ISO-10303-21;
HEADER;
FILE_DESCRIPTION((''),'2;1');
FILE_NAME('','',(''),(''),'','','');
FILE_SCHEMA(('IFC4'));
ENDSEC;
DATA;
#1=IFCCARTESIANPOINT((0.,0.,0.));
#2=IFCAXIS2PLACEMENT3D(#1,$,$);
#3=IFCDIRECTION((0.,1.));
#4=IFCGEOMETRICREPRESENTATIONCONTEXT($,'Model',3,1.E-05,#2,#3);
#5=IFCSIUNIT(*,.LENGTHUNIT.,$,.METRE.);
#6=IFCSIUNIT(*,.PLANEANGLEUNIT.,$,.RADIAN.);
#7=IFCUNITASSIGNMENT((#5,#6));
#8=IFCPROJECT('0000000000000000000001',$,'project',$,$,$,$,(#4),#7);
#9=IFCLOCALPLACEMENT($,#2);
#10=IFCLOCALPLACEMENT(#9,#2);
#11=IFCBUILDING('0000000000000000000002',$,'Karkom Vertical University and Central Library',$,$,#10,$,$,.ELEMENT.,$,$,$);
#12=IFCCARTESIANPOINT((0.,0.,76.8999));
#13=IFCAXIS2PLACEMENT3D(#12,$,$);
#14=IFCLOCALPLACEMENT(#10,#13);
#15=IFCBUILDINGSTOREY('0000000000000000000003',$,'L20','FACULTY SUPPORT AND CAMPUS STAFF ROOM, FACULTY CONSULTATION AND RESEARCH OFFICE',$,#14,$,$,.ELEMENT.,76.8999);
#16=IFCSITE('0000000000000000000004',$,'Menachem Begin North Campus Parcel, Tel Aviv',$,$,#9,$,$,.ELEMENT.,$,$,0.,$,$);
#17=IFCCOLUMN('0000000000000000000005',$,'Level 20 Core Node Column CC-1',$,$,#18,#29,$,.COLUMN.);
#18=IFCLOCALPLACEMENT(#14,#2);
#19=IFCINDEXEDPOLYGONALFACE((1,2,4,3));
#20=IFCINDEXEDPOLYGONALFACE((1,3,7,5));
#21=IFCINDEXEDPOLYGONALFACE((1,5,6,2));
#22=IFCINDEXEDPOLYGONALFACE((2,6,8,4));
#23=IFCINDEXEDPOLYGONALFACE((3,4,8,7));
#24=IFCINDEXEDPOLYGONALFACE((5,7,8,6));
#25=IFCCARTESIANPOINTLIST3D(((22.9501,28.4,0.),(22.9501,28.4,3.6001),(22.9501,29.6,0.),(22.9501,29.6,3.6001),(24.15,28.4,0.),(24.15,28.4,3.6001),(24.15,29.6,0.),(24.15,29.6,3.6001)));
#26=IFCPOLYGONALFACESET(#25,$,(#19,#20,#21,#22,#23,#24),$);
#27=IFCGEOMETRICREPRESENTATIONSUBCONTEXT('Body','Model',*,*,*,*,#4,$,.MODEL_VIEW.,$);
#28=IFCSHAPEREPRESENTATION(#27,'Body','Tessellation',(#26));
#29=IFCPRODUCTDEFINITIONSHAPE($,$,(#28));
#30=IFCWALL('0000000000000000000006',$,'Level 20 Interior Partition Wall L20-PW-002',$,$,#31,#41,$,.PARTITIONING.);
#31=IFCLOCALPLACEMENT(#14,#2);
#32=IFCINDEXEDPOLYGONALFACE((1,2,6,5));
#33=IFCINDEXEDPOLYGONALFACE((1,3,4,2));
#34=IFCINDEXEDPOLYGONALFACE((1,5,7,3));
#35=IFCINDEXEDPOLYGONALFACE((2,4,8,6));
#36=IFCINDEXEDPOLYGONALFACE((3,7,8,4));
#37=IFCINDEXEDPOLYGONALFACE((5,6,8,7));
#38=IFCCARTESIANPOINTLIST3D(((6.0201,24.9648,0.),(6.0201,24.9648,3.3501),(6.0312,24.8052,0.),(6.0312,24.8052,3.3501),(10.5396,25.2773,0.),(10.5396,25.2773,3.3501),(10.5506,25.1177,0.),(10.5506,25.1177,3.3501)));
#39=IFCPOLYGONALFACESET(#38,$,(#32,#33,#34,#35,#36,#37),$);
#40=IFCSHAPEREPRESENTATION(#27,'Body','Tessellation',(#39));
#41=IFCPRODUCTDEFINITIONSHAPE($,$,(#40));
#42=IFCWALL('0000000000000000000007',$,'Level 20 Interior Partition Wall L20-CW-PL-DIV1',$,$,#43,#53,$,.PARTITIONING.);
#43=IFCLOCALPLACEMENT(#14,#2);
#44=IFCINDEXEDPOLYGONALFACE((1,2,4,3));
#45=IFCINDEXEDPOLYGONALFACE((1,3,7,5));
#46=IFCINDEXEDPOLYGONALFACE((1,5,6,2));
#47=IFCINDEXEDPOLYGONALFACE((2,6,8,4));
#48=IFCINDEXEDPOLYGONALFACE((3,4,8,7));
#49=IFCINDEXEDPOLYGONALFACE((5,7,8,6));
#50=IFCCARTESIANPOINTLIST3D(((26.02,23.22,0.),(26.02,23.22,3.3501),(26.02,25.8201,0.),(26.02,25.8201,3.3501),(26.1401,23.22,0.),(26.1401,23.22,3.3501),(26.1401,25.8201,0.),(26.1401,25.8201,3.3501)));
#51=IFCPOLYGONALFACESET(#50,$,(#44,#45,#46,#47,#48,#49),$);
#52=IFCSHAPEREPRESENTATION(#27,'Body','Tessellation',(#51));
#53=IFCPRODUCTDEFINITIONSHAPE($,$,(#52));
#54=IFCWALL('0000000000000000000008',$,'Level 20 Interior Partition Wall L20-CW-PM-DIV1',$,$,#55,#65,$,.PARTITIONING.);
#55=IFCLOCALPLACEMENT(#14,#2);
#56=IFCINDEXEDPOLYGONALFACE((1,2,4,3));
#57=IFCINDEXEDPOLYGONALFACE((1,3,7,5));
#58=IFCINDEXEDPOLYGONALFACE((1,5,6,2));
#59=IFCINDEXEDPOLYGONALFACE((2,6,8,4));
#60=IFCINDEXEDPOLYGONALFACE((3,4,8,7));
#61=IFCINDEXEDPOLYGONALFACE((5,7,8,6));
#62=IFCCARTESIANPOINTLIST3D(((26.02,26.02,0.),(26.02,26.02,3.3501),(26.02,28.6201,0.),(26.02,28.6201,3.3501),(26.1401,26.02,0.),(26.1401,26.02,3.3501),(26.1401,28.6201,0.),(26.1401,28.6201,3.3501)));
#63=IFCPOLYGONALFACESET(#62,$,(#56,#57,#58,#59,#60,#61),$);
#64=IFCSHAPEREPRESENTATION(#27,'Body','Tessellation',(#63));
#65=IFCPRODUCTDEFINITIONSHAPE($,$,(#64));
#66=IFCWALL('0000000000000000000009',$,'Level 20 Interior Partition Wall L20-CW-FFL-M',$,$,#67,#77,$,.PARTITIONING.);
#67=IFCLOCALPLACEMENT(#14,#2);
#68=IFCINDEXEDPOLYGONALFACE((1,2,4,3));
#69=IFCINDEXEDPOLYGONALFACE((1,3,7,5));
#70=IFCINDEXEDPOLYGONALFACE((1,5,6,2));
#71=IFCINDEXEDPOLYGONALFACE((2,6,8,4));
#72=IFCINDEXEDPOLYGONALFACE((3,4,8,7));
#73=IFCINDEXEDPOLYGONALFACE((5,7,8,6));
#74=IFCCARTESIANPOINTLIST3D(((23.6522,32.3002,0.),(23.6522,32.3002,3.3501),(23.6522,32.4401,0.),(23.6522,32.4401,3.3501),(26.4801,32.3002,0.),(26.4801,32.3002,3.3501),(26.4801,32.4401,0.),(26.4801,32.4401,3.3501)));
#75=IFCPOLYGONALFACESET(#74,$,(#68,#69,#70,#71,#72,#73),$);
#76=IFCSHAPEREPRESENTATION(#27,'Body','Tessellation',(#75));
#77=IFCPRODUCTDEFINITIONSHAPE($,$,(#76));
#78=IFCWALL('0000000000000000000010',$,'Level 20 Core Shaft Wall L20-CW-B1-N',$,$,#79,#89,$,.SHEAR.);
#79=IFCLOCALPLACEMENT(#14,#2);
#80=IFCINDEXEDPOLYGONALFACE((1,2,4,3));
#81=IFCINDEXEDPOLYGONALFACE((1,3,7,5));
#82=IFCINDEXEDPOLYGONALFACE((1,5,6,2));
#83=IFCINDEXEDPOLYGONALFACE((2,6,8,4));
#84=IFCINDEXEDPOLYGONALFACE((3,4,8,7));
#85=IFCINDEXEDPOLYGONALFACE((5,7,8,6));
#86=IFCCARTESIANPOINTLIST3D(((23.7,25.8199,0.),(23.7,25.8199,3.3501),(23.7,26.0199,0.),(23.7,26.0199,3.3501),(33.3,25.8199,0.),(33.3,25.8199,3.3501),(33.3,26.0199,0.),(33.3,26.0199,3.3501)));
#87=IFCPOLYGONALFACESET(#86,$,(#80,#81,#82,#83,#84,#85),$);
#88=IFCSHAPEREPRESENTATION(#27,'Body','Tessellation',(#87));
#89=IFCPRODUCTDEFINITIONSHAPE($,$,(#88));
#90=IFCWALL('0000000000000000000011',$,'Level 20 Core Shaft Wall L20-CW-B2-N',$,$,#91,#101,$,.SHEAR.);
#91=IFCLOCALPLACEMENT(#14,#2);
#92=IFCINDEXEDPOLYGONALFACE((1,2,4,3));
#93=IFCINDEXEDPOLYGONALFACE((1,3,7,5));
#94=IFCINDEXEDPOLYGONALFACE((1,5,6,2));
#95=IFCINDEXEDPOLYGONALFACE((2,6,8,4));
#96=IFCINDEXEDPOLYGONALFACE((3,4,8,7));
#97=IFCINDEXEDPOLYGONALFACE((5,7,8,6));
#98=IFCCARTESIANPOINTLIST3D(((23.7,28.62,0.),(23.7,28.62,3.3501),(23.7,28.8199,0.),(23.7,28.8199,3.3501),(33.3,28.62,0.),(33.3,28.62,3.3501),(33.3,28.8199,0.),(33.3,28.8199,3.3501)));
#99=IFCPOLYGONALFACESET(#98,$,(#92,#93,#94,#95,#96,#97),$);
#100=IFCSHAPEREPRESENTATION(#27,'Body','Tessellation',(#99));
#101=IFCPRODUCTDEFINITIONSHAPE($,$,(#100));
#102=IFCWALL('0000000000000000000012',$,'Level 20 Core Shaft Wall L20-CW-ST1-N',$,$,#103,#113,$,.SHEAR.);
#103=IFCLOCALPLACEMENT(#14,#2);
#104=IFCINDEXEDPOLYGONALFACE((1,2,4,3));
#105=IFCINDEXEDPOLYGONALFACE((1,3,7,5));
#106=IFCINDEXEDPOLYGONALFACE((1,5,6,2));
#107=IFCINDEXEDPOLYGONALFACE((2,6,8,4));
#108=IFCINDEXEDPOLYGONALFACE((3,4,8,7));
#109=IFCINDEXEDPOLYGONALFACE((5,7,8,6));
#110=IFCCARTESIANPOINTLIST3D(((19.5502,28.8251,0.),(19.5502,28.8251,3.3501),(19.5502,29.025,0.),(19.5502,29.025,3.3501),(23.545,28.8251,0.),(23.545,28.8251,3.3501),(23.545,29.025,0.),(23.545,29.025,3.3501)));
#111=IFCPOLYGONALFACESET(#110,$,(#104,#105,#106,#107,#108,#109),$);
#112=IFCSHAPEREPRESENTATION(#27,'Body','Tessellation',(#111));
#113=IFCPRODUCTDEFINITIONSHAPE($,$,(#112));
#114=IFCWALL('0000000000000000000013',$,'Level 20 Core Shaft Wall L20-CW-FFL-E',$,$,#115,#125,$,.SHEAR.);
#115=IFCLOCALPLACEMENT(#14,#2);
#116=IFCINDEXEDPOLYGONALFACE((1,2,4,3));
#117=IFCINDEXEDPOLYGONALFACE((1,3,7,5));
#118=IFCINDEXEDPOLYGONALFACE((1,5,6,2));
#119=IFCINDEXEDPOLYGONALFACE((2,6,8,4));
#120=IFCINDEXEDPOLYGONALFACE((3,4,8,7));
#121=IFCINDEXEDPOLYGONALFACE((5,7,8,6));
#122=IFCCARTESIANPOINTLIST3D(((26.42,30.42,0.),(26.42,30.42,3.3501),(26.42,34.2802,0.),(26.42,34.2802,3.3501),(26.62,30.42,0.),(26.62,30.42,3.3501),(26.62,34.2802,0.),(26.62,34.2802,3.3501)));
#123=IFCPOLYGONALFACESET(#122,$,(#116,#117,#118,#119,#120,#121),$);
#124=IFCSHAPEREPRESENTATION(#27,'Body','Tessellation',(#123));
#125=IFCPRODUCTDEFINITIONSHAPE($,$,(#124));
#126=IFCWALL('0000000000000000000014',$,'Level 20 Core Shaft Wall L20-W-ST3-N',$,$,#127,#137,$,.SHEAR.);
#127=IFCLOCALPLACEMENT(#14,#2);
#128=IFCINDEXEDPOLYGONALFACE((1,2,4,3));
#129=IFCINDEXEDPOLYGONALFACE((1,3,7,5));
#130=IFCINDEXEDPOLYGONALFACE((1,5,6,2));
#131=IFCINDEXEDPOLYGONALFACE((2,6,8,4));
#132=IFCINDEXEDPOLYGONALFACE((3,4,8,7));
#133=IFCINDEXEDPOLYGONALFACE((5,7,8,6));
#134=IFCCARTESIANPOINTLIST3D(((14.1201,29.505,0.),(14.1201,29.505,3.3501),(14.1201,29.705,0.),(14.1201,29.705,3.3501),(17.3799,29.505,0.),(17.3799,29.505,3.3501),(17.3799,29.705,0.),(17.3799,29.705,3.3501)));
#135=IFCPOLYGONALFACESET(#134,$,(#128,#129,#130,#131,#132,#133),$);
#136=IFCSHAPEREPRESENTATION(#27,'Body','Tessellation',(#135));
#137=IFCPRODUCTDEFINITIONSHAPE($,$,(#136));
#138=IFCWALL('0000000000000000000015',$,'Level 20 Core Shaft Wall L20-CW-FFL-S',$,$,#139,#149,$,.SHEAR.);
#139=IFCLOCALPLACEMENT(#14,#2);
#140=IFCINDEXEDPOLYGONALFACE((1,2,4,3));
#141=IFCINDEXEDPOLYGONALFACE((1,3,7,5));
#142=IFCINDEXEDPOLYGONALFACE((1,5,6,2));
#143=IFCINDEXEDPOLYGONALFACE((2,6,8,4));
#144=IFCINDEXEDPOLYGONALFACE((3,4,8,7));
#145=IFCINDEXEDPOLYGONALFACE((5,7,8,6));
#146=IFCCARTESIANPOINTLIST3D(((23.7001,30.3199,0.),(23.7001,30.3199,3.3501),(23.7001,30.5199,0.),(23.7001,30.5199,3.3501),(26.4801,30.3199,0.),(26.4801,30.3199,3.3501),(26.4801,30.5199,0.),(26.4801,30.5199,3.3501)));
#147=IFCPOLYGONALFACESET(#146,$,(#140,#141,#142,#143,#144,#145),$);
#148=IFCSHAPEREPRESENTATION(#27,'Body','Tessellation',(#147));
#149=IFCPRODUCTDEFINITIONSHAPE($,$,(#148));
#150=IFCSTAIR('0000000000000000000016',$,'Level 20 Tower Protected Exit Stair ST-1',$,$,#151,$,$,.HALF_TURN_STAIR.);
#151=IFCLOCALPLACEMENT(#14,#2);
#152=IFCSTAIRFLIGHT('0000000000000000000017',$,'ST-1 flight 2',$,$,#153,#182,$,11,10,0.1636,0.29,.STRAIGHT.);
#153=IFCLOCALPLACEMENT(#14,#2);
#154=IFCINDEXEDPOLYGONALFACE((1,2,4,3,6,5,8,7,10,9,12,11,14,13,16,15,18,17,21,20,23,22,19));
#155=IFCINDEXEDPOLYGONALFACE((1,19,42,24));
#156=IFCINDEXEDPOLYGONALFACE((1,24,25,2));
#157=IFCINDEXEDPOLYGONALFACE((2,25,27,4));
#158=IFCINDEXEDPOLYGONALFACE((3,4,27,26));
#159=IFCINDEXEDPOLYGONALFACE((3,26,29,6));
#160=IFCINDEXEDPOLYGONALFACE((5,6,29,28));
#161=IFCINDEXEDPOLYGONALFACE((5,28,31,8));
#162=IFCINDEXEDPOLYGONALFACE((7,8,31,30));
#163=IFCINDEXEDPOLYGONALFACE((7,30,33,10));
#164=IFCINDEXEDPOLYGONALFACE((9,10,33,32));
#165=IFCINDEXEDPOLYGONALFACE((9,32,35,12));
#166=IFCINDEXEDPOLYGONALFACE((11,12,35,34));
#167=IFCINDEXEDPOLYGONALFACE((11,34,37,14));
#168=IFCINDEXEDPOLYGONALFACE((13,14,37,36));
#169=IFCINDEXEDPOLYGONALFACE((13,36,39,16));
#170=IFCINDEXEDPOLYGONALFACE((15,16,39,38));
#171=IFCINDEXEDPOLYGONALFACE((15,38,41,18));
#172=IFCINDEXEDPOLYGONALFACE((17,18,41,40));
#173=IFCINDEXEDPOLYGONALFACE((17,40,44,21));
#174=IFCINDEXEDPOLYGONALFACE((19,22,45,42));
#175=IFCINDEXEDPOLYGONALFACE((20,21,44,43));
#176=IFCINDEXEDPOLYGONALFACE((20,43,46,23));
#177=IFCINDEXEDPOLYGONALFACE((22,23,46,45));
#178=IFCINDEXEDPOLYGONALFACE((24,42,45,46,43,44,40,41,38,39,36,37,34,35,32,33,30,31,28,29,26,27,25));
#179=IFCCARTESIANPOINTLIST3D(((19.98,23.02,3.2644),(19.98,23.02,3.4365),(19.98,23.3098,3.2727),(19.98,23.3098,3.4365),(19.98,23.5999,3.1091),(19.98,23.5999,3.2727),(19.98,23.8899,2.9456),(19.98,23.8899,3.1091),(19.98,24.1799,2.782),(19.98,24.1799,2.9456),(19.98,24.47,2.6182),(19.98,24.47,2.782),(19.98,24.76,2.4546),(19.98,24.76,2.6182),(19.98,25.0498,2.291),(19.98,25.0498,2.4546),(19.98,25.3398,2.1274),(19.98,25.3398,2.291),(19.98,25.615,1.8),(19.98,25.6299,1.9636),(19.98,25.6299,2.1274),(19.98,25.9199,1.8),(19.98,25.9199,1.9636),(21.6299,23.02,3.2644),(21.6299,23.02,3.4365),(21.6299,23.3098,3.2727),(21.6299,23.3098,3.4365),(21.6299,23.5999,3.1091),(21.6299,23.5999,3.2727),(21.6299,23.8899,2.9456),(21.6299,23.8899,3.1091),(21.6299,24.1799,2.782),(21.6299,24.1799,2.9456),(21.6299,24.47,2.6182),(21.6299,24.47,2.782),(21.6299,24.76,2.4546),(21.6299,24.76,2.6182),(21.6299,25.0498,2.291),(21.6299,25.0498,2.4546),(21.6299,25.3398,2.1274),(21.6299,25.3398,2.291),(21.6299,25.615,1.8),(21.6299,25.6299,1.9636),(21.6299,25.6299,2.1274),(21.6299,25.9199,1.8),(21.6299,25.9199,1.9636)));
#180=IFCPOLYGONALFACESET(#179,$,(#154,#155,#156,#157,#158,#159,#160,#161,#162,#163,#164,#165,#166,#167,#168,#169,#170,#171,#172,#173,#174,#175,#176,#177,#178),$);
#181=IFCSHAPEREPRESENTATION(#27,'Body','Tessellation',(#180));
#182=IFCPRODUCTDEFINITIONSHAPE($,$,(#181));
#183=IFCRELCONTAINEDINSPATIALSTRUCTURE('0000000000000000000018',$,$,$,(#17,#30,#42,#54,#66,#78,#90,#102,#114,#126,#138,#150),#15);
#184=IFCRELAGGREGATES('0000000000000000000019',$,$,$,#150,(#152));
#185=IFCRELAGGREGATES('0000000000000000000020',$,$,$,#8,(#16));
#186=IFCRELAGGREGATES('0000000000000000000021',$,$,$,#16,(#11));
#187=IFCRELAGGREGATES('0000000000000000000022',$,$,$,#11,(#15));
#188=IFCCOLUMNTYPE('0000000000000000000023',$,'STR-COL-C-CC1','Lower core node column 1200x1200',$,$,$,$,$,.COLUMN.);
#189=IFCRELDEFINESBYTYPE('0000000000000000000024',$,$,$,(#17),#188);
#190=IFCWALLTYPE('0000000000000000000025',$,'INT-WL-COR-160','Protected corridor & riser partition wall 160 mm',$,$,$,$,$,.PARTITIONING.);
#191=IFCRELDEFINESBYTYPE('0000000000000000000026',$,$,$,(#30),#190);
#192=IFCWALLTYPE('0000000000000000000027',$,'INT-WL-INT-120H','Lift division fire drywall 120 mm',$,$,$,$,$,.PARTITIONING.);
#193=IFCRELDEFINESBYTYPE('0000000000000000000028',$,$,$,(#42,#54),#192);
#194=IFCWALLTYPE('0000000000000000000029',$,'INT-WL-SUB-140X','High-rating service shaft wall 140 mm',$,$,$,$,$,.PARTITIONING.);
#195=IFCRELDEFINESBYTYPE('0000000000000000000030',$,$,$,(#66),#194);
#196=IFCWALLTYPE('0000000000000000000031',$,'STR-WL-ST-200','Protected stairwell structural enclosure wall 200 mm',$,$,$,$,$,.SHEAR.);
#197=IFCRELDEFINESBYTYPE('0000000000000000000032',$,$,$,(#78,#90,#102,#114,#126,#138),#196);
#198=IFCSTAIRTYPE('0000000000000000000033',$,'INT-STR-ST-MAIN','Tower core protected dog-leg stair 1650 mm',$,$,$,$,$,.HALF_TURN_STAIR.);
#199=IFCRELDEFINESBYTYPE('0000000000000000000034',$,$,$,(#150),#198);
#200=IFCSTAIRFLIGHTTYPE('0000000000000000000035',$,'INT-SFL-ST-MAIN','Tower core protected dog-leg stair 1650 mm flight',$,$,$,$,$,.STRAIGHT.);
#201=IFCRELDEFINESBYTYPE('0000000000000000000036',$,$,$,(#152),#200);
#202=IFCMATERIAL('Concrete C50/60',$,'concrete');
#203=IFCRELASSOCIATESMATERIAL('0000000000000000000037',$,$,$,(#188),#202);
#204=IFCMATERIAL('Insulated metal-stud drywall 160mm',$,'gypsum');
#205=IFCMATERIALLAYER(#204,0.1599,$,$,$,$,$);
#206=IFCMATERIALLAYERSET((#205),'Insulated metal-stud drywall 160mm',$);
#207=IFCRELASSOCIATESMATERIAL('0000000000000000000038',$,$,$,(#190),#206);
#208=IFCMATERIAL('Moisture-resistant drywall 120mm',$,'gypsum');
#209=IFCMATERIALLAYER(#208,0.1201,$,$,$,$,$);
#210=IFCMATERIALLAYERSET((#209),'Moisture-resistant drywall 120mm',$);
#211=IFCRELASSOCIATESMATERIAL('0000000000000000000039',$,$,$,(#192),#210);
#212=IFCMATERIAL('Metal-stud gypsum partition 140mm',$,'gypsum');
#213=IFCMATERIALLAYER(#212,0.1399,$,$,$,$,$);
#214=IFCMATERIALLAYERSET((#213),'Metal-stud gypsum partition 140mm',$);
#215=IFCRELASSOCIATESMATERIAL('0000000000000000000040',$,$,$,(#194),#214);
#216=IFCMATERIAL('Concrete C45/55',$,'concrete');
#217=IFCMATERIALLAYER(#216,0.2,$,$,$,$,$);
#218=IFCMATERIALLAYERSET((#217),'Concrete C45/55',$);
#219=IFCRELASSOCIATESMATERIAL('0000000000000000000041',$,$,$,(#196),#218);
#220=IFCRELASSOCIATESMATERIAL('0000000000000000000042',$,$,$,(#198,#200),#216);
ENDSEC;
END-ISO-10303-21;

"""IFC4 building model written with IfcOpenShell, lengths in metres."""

from ifc_helpers import new_model, si_unit, direction, frame, frame_2d, origin, origin_with_axes, origin_2d, place, context, subcontext, project, spatial, polyline, rectangle, outline, extrude, source, transform, mapped, material, layer, layer_set, material_profile, profile_set, type_object, element, aggregate, save


model = new_model("IFC4")

# Units and contexts
model_context = context("Model", 3, precision=1e-05, world=origin(), true_north=direction((0.0, 1.0)))
body_context = subcontext(model_context, "Body", "Model", "MODEL_VIEW")
ifc_project = project(units=[si_unit("LENGTHUNIT", "METRE"), si_unit("PLANEANGLEUNIT", "RADIAN")], contexts=[model_context])

# Site, building, storey
site_placement = place(None, origin())
site = spatial("IfcSite", under=ifc_project, at=site_placement, Name="Menachem Begin North Campus Parcel, Tel Aviv", CompositionType="ELEMENT", RefElevation=0.0)
building_placement = place(site_placement, origin())
building = spatial("IfcBuilding", under=site, at=building_placement, Name="Karkom Vertical University and Central Library", CompositionType="ELEMENT")
storey_placement = place(building_placement, frame((0.0, 0.0, 76.8999)))
storey = spatial("IfcBuildingStorey", under=building, at=storey_placement, Name="L20", Description="FACULTY SUPPORT AND CAMPUS STAFF ROOM, FACULTY CONSULTATION AND RESEARCH OFFICE", CompositionType="ELEMENT", Elevation=76.8999)

# Column
ifc_material_1 = material(Name="Concrete C50/60", Category="concrete")
ifc_material_profile = material_profile(ifc_material_1, rectangle(XDim=1.2, YDim=1.2, at=origin_2d()), Name="RC-1200x1200")
ifc_profile_set = profile_set([ifc_material_profile], Name="Concrete C50/60")
column_type = type_object("IfcColumnType", Name="STR-COL-C-CC1", Description="Lower core node column 1200x1200", PredefinedType="COLUMN", material=ifc_profile_set)
shared_shape = source(origin_with_axes(), body_context, "Body", "SweptSolid", [
    extrude(rectangle(XDim=1.2, YDim=1.2, at=origin_2d()), origin(), (0.0, 0.0, 1.0), 3.6001),
])
column_placement = place(storey_placement, frame((23.55, 29.0, 0.0), z_axis=(0.0, 0.0, 1.0), x_axis=(1.0, 0.0, 0.0)))
element("IfcColumn", 1, at=column_placement, inside=storey, type_object=column_type, Name="Level 20 Core Node Column CC-1", PredefinedType="COLUMN", context=body_context, shape_type="MappedRepresentation", body=[
    mapped(shared_shape, transform((0.0, 0.0, 0.0), scale=1.0)),
])

# Walls
ifc_material_2 = material(Name="Insulated metal-stud drywall 160mm", Category="gypsum")
ifc_layer_1 = layer(ifc_material_2, 0.1599)
ifc_layer_set_1 = layer_set([ifc_layer_1], Name="Insulated metal-stud drywall 160mm")
wall_type_1 = type_object("IfcWallType", Name="INT-WL-COR-160", Description="Protected corridor & riser partition wall 160 mm", PredefinedType="PARTITIONING", material=ifc_layer_set_1)
wall_1_placement = place(storey_placement, frame((6.0256, 24.885, 0.0), z_axis=(0.0, 0.0, 1.0), x_axis=(0.997618, 0.06898, 0.0)))
element("IfcWall", 2, at=wall_1_placement, inside=storey, type_object=wall_type_1, Name="Level 20 Interior Partition Wall L20-PW-002", PredefinedType="PARTITIONING", context=body_context, shape_type="SweptSolid", body=[
    extrude(rectangle(XDim=4.5303, YDim=0.1599, at=frame_2d((2.2651, 0.0))), origin(), (0.0, 0.0, 1.0), 3.3501),
])
ifc_material_3 = material(Name="Moisture-resistant drywall 120mm", Category="gypsum")
ifc_layer_2 = layer(ifc_material_3, 0.1201)
ifc_layer_set_2 = layer_set([ifc_layer_2], Name="Moisture-resistant drywall 120mm")
wall_type_2 = type_object("IfcWallType", Name="INT-WL-INT-120H", Description="Lift division fire drywall 120 mm", PredefinedType="PARTITIONING", material=ifc_layer_set_2)
for number, where, z_axis, x_axis, name in (
    (3, (26.0801, 23.22, 0.0), (0.0, 0.0, 1.0), (0.0, 1.0, 0.0), "Level 20 Interior Partition Wall L20-CW-PL-DIV1"),
    (4, (26.0801, 26.02, 0.0), (0.0, 0.0, 1.0), (0.0, 1.0, 0.0), "Level 20 Interior Partition Wall L20-CW-PM-DIV1"),
):
    element("IfcWall", number, at=place(storey_placement, frame(where, z_axis=z_axis, x_axis=x_axis)), inside=storey, type_object=wall_type_2, Name=name, PredefinedType="PARTITIONING", context=body_context, shape_type="SweptSolid", body=[
        extrude(rectangle(XDim=2.6001, YDim=0.1201, at=frame_2d((1.3, 0.0))), origin(), (0.0, 0.0, 1.0), 3.3501),
    ])
ifc_material_4 = material(Name="Metal-stud gypsum partition 140mm", Category="gypsum")
ifc_layer_3 = layer(ifc_material_4, 0.1399)
ifc_layer_set_3 = layer_set([ifc_layer_3], Name="Metal-stud gypsum partition 140mm")
wall_type_3 = type_object("IfcWallType", Name="INT-WL-SUB-140X", Description="High-rating service shaft wall 140 mm", PredefinedType="PARTITIONING", material=ifc_layer_set_3)
wall_2_placement = place(storey_placement, frame((23.6521, 32.3701, 0.0), z_axis=(0.0, 0.0, 1.0), x_axis=(1.0, 0.0, 0.0)))
element("IfcWall", 5, at=wall_2_placement, inside=storey, type_object=wall_type_3, Name="Level 20 Interior Partition Wall L20-CW-FFL-M", PredefinedType="PARTITIONING", context=body_context, shape_type="SweptSolid", body=[
    extrude(rectangle(XDim=2.8279, YDim=0.1399, at=frame_2d((1.4141, 0.0))), origin(), (0.0, 0.0, 1.0), 3.3501),
])
ifc_material_5 = material(Name="Concrete C45/55", Category="concrete")
ifc_layer_4 = layer(ifc_material_5, 0.2)
ifc_layer_set_4 = layer_set([ifc_layer_4], Name="Concrete C45/55")
wall_type_4 = type_object("IfcWallType", Name="STR-WL-ST-200", Description="Protected stairwell structural enclosure wall 200 mm", PredefinedType="SHEAR", material=ifc_layer_set_4)
for number, where, z_axis, x_axis, name in (
    (6, (23.7, 25.9199, 0.0), (0.0, 0.0, 1.0), (1.0, 0.0, 0.0), "Level 20 Core Shaft Wall L20-CW-B1-N"),
    (7, (23.7, 28.72, 0.0), (0.0, 0.0, 1.0), (1.0, 0.0, 0.0), "Level 20 Core Shaft Wall L20-CW-B2-N"),
):
    element("IfcWall", number, at=place(storey_placement, frame(where, z_axis=z_axis, x_axis=x_axis)), inside=storey, type_object=wall_type_4, Name=name, PredefinedType="SHEAR", context=body_context, shape_type="SweptSolid", body=[
        extrude(rectangle(XDim=9.6001, YDim=0.2, at=frame_2d((4.8, 0.0))), origin(), (0.0, 0.0, 1.0), 3.3501),
    ])
wall_3_placement = place(storey_placement, frame((19.55, 28.925, 0.0), z_axis=(0.0, 0.0, 1.0), x_axis=(1.0, 0.0, 0.0)))
element("IfcWall", 8, at=wall_3_placement, inside=storey, type_object=wall_type_4, Name="Level 20 Core Shaft Wall L20-CW-ST1-N", PredefinedType="SHEAR", context=body_context, shape_type="SweptSolid", body=[
    extrude(rectangle(XDim=3.9949, YDim=0.2, at=frame_2d((1.9976, 0.0))), origin(), (0.0, 0.0, 1.0), 3.3501),
])
wall_4_placement = place(storey_placement, frame((26.52, 30.4199, 0.0), z_axis=(0.0, 0.0, 1.0), x_axis=(0.0, 1.0, 0.0)))
element("IfcWall", 9, at=wall_4_placement, inside=storey, type_object=wall_type_4, Name="Level 20 Core Shaft Wall L20-CW-FFL-E", PredefinedType="SHEAR", context=body_context, shape_type="SweptSolid", body=[
    extrude(rectangle(XDim=3.8601, YDim=0.2, at=frame_2d((1.9302, 0.0))), origin(), (0.0, 0.0, 1.0), 3.3501),
])
wall_5_placement = place(storey_placement, frame((14.1201, 29.605, 0.0), z_axis=(0.0, 0.0, 1.0), x_axis=(1.0, 0.0, 0.0)))
element("IfcWall", 10, at=wall_5_placement, inside=storey, type_object=wall_type_4, Name="Level 20 Core Shaft Wall L20-W-ST3-N", PredefinedType="SHEAR", context=body_context, shape_type="SweptSolid", body=[
    extrude(rectangle(XDim=3.2598, YDim=0.2, at=frame_2d((1.6299, 0.0))), origin(), (0.0, 0.0, 1.0), 3.3501),
])
wall_6_placement = place(storey_placement, frame((23.7, 30.4199, 0.0), z_axis=(0.0, 0.0, 1.0), x_axis=(1.0, 0.0, 0.0)))
element("IfcWall", 11, at=wall_6_placement, inside=storey, type_object=wall_type_4, Name="Level 20 Core Shaft Wall L20-CW-FFL-S", PredefinedType="SHEAR", context=body_context, shape_type="SweptSolid", body=[
    extrude(rectangle(XDim=2.78, YDim=0.2, at=frame_2d((1.3901, 0.0))), origin(), (0.0, 0.0, 1.0), 3.3501),
])

# Stair, stair flight
stair_type_1 = type_object("IfcStairType", Name="INT-STR-ST-MAIN", Description="Tower core protected dog-leg stair 1650 mm", PredefinedType="HALF_TURN_STAIR", material=ifc_material_5)
stair_1_placement = place(storey_placement, origin())
stair_1 = element("IfcStair", 12, at=stair_1_placement, inside=storey, type_object=stair_type_1, Name="Level 20 Tower Protected Exit Stair ST-1", PredefinedType="HALF_TURN_STAIR")
stair_flight_type_1 = type_object("IfcStairFlightType", Name="INT-SFL-ST-MAIN", Description="Tower core protected dog-leg stair 1650 mm flight", PredefinedType="STRAIGHT", material=ifc_material_5)
stair_flight_1_placement = place(storey_placement, frame((20.8049, 25.9199, 1.8), z_axis=(0.0, 0.0, 1.0), x_axis=(0.0, -1.0, 0.0)))
stair_flight_1 = element("IfcStairFlight", 13, at=stair_flight_1_placement, type_object=stair_flight_type_1, Name="ST-1 flight 2", NumberOfRisers=11, NumberOfTreads=10, PredefinedType="STRAIGHT", RiserHeight=0.1636, TreadLength=0.29, context=body_context, shape_type="SweptSolid", body=[
    extrude(outline(polyline([(0.0, 0.0), (0.0, 0.1636), (0.29, 0.1636), (0.29, 0.3274), (0.5801, 0.3274), (0.5801, 0.491), (0.8701, 0.491), (0.8701, 0.6545), (1.1599, 0.6545), (1.1599, 0.8181), (1.45, 0.8181), (1.45, 0.9819), (1.74, 0.9819), (1.74, 1.1455), (2.03, 1.1455), (2.03, 1.3091), (2.3201, 1.3091), (2.3201, 1.4727), (2.6101, 1.4727), (2.6101, 1.6365), (2.8999, 1.6365), (2.8999, 1.8), (2.8999, 1.4644), (0.3049, 0.0), (0.0, 0.0)])), frame((0.0, 0.825, 0.0), z_axis=(0.0, -1.0, 0.0), x_axis=(1.0, 0.0, 0.0)), (0.0, 0.0, 1.0), 1.6499),
])
aggregate(stair_1, [stair_flight_1])

save(model, "model.ifc")
